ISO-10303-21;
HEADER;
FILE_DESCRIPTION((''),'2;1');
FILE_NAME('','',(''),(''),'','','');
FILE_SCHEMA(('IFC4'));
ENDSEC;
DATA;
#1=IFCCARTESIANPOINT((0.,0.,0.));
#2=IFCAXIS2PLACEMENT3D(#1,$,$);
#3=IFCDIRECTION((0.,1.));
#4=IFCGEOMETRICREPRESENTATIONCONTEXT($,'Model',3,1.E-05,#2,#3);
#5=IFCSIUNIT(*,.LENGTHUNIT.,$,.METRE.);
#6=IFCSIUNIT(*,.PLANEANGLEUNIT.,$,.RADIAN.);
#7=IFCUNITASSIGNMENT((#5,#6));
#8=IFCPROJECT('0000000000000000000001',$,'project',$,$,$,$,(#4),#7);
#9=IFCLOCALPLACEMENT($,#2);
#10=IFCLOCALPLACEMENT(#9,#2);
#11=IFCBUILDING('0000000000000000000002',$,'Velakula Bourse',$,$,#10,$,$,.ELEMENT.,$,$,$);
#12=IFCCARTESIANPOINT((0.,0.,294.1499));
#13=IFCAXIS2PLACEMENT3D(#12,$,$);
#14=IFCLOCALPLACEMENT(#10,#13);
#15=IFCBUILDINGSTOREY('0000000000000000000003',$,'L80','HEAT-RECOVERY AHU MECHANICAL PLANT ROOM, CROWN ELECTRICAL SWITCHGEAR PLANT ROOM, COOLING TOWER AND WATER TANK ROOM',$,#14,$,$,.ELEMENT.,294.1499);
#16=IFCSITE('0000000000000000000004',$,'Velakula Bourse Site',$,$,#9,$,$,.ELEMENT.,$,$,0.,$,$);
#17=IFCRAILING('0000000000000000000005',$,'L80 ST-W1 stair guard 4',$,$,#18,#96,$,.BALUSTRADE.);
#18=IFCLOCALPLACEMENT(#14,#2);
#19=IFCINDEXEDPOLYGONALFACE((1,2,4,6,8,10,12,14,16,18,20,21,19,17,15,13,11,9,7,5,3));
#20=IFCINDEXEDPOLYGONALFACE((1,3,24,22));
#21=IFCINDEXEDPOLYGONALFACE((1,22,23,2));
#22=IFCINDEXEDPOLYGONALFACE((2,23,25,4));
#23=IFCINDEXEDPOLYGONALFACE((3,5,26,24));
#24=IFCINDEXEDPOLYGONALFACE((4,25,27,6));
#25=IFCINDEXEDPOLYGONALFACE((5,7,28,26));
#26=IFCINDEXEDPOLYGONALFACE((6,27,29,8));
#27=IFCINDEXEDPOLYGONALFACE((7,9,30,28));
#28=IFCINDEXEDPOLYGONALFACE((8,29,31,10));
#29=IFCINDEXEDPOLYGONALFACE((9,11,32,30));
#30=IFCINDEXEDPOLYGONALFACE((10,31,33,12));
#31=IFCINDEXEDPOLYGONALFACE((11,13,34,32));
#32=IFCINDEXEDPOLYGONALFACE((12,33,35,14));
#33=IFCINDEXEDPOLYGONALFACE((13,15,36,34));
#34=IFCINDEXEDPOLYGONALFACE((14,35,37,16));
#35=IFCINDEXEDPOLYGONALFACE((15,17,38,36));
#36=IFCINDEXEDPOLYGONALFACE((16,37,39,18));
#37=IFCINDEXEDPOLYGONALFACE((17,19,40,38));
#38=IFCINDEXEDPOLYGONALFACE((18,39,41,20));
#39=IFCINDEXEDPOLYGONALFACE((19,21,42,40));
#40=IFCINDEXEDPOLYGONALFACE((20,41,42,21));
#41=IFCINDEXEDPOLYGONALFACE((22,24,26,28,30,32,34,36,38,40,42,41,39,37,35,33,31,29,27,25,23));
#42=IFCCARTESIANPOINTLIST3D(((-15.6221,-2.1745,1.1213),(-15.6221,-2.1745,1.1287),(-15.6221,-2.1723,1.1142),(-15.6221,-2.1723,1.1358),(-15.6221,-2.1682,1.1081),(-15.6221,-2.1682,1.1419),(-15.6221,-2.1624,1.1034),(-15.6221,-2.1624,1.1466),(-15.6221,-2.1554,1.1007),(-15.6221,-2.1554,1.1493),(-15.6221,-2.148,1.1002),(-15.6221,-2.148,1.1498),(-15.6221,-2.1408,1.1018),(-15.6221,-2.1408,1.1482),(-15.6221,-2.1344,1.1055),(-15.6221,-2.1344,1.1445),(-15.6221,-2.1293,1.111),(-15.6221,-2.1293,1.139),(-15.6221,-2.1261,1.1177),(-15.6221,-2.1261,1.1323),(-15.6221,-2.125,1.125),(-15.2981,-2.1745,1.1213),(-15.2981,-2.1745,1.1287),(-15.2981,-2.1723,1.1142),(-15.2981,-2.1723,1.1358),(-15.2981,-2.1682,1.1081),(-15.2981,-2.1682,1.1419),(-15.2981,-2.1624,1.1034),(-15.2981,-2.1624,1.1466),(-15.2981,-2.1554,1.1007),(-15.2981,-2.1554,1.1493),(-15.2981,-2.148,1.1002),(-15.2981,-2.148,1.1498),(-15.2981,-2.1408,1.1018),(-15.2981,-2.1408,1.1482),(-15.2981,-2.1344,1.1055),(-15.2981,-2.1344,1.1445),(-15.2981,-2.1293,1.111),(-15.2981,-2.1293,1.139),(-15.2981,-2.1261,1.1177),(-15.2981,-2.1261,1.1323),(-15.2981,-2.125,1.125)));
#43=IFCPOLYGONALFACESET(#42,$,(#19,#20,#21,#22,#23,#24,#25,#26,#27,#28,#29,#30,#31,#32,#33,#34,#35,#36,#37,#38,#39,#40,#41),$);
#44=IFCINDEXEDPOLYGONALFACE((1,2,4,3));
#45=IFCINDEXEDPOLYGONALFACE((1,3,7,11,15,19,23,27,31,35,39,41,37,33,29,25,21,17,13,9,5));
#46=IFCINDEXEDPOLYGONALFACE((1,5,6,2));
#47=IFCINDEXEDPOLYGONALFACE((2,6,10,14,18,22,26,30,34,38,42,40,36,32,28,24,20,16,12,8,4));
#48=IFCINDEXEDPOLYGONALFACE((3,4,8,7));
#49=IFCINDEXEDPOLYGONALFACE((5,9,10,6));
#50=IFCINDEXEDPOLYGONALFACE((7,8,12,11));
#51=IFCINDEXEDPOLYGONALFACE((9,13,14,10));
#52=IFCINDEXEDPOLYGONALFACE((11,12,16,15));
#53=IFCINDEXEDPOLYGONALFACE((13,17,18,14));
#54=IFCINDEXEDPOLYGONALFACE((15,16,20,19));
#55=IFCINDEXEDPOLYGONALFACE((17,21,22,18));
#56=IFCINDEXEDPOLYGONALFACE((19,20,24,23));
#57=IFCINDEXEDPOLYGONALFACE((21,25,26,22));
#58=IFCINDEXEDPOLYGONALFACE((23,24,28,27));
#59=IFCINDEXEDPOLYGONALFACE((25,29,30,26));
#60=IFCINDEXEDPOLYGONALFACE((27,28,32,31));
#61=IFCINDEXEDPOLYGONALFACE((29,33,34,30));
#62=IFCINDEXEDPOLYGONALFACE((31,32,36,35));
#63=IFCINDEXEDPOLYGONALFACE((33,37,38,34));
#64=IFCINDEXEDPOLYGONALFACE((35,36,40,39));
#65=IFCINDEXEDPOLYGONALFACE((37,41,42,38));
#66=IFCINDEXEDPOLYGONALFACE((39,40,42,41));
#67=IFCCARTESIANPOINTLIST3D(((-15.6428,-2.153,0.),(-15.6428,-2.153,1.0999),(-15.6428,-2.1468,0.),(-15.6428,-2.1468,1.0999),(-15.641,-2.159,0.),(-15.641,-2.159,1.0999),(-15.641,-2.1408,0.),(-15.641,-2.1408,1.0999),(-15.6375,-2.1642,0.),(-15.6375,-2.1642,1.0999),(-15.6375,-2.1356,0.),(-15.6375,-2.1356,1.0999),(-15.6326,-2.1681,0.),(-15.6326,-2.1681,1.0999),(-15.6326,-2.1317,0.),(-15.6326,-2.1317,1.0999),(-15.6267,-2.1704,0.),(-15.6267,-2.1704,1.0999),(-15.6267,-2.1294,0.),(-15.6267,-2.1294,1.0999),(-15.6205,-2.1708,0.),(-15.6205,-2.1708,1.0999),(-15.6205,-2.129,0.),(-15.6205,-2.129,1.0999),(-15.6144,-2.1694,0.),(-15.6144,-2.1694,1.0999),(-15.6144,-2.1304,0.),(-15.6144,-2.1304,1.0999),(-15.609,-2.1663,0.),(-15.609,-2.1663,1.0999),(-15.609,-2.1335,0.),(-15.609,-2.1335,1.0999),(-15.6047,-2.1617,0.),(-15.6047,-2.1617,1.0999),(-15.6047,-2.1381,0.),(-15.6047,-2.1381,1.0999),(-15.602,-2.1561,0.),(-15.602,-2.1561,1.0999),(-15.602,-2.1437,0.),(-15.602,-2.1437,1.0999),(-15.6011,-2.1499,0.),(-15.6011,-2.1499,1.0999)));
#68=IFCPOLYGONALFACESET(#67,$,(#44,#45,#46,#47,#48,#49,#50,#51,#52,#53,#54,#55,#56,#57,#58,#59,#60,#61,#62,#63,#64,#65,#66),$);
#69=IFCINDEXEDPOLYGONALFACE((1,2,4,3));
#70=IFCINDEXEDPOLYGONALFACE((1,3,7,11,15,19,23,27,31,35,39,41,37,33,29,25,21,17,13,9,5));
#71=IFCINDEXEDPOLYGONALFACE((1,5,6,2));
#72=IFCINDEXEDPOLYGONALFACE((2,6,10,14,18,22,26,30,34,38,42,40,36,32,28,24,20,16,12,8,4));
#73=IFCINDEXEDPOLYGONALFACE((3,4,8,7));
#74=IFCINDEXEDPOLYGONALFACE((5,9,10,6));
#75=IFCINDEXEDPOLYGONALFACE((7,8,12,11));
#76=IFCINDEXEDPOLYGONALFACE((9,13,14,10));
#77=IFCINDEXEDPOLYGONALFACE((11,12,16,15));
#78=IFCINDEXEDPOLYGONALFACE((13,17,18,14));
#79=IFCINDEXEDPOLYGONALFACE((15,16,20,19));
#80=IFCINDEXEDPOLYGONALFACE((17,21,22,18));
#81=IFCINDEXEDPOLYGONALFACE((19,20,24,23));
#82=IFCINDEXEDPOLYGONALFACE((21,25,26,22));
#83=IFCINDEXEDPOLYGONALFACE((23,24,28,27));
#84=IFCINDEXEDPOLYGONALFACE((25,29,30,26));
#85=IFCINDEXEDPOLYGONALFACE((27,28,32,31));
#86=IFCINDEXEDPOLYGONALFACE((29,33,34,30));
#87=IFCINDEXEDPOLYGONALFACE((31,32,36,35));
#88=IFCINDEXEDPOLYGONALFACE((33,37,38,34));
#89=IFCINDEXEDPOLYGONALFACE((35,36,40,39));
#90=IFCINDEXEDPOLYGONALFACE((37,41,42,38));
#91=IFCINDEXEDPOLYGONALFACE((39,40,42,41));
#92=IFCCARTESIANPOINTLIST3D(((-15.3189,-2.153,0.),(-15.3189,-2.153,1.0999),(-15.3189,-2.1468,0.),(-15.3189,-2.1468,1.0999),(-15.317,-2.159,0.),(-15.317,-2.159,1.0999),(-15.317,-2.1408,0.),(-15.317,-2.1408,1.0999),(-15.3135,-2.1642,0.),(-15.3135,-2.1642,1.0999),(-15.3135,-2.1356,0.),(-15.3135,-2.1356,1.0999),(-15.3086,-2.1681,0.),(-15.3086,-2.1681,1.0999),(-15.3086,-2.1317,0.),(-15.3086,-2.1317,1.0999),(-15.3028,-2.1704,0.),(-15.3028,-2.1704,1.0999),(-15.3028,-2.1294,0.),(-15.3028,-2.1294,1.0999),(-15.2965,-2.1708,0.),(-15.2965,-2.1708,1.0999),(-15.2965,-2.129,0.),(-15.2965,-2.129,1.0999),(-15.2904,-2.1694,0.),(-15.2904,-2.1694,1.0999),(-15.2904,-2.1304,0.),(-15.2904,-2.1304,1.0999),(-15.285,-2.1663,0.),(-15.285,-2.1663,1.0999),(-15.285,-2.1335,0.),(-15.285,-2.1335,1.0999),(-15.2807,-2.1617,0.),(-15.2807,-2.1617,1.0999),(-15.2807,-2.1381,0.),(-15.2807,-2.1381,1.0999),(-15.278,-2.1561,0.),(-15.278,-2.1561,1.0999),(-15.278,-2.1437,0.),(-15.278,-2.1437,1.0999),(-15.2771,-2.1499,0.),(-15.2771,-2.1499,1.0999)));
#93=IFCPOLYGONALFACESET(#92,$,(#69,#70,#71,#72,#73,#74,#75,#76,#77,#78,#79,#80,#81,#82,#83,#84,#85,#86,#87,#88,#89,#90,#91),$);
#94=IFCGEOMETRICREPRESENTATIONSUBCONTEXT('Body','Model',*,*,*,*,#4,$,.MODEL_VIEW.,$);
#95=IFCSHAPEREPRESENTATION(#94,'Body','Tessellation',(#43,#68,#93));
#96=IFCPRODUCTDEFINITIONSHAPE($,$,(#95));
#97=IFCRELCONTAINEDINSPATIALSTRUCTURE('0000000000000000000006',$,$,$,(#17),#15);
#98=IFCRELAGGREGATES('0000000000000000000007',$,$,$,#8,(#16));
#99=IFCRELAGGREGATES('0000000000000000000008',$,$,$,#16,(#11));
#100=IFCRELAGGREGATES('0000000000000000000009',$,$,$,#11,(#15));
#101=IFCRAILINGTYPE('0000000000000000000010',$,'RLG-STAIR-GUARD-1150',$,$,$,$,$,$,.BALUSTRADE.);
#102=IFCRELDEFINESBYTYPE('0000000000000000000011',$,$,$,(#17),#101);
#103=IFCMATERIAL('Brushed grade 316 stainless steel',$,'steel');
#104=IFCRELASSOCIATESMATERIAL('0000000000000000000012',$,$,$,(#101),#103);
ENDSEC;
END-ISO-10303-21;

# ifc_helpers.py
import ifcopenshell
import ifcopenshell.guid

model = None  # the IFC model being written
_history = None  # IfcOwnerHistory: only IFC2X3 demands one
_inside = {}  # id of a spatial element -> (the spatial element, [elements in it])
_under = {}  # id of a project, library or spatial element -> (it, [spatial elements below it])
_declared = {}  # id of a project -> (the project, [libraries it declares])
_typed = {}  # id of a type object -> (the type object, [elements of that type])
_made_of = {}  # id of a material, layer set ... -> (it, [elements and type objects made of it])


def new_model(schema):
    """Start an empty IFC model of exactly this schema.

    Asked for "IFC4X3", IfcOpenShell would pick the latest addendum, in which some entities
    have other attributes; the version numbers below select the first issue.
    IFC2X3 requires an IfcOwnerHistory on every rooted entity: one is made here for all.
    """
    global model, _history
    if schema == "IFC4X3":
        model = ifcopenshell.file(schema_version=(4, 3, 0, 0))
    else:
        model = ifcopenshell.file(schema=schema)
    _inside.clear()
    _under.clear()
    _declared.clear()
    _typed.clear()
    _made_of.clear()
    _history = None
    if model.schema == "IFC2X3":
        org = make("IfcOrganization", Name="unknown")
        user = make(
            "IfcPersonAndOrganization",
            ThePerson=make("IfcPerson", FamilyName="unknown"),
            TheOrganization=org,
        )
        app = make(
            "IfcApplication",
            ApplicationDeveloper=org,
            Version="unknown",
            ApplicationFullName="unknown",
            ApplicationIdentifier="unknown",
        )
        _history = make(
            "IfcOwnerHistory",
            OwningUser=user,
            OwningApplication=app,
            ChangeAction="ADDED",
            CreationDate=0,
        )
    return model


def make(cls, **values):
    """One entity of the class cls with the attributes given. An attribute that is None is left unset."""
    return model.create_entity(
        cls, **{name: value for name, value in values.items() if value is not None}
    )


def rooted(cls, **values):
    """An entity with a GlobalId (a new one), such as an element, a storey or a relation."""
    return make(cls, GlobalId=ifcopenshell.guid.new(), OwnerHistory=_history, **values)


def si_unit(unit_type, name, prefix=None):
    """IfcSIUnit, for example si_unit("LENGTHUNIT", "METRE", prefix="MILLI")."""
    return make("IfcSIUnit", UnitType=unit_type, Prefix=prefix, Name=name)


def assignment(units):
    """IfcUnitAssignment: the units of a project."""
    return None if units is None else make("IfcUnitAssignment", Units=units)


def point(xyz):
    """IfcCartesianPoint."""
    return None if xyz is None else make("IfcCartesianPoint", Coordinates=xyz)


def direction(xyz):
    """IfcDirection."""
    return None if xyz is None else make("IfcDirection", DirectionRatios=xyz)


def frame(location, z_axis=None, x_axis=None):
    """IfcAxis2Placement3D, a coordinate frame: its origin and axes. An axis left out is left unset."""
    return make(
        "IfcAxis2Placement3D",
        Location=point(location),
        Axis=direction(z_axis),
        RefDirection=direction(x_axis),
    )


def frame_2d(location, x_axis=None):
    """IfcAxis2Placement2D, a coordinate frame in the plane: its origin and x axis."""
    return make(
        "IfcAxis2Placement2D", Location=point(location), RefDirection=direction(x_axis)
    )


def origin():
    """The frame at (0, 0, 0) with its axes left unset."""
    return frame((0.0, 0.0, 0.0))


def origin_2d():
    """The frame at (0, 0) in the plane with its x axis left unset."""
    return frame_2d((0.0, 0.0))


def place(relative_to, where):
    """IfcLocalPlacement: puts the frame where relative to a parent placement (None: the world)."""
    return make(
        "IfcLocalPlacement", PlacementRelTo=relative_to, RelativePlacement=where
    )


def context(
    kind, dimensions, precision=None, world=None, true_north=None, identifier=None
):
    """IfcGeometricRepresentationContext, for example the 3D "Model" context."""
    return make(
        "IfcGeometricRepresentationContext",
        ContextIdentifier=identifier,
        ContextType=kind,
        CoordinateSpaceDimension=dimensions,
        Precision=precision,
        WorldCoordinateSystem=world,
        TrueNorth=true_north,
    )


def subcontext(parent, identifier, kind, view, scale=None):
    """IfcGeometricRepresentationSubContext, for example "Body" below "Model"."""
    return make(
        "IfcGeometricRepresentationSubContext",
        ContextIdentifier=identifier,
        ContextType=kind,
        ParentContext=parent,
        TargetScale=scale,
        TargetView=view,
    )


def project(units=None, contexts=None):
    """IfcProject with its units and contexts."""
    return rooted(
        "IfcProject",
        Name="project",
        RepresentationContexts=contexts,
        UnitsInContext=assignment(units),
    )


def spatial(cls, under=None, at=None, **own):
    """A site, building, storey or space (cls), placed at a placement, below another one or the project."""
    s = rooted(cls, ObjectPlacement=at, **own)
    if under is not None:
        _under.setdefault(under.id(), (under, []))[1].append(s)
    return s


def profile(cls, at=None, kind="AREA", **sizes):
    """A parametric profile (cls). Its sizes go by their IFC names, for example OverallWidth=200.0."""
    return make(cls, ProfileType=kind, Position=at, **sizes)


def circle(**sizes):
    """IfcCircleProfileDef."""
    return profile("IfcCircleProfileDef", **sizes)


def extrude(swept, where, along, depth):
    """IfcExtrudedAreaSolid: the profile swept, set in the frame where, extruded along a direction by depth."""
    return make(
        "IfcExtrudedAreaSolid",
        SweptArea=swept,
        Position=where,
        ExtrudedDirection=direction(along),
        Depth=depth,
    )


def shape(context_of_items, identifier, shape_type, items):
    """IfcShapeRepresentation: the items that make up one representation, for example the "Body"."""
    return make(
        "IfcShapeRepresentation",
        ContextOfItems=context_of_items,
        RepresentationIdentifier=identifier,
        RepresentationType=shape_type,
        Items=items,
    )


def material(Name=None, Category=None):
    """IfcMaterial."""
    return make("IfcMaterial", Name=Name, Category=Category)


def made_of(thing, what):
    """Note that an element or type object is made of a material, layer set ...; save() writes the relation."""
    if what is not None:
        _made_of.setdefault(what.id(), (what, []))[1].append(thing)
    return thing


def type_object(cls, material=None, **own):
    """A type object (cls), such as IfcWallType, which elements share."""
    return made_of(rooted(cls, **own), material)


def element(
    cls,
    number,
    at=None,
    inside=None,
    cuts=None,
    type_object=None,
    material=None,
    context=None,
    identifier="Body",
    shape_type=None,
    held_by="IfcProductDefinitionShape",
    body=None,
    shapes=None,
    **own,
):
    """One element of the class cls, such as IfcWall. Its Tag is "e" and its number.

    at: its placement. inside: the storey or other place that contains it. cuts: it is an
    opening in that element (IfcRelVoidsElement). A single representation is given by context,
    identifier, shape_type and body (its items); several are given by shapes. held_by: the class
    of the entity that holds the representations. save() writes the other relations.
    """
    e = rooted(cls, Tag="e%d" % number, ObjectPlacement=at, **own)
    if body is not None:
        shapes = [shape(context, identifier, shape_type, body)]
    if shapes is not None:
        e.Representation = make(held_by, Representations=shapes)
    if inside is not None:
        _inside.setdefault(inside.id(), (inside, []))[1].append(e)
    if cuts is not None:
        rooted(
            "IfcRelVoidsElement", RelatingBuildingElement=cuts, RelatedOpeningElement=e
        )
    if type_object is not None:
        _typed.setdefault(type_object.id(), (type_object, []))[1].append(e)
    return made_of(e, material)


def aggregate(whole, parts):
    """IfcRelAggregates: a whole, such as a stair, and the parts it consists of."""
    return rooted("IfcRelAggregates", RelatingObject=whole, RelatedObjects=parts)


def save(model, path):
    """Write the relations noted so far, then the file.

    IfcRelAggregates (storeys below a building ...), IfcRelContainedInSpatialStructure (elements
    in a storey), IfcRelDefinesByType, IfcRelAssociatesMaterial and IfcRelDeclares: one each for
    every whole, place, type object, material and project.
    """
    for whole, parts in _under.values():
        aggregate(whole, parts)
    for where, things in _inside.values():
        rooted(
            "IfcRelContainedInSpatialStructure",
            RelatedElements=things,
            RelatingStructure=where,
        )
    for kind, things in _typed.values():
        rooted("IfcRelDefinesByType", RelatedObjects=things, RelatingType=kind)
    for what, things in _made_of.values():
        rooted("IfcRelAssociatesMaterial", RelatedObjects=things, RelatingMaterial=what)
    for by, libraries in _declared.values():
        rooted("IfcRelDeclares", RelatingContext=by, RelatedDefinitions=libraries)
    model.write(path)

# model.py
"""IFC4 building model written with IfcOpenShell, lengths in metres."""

from ifc_helpers import new_model, si_unit, direction, frame, origin, origin_2d, place, context, subcontext, project, spatial, circle, extrude, material, type_object, element, save


model = new_model("IFC4")

# Units and contexts
model_context = context("Model", 3, precision=1e-05, world=origin(), true_north=direction((0.0, 1.0)))
body_context = subcontext(model_context, "Body", "Model", "MODEL_VIEW")
ifc_project = project(units=[si_unit("LENGTHUNIT", "METRE"), si_unit("PLANEANGLEUNIT", "RADIAN")], contexts=[model_context])

# Site, building, storey
site_placement = place(None, origin())
site = spatial("IfcSite", under=ifc_project, at=site_placement, Name="Velakula Bourse Site", CompositionType="ELEMENT", RefElevation=0.0)
building_placement = place(site_placement, origin())
building = spatial("IfcBuilding", under=site, at=building_placement, Name="Velakula Bourse", CompositionType="ELEMENT")
storey_placement = place(building_placement, frame((0.0, 0.0, 294.1499)))
storey = spatial("IfcBuildingStorey", under=building, at=storey_placement, Name="L80", Description="HEAT-RECOVERY AHU MECHANICAL PLANT ROOM, CROWN ELECTRICAL SWITCHGEAR PLANT ROOM, COOLING TOWER AND WATER TANK ROOM", CompositionType="ELEMENT", Elevation=294.1499)

# Railing
ifc_material_1 = material(Name="Brushed grade 316 stainless steel", Category="steel")
railing_type = type_object("IfcRailingType", Name="RLG-STAIR-GUARD-1150", PredefinedType="BALUSTRADE", material=ifc_material_1)
railing_placement = place(storey_placement, frame((-15.6221, -2.1499, 0.0)))
element("IfcRailing", 1, at=railing_placement, inside=storey, type_object=railing_type, Name="L80 ST-W1 stair guard 4", PredefinedType="BALUSTRADE", context=body_context, shape_type="SweptSolid", body=[
    extrude(circle(Radius=0.0249, at=origin_2d()), frame((0.0, 0.0, 1.125), z_axis=(1.0, 0.0, 0.0), x_axis=(0.0, 1.0, 0.0)), (0.0, 0.0, 1.0), 0.324),
    extrude(circle(Radius=0.021, at=origin_2d()), origin(), (0.0, 0.0, 1.0), 1.0999),
    extrude(circle(Radius=0.021, at=origin_2d()), frame((0.324, 0.0, 0.0)), (0.0, 0.0, 1.0), 1.0999),
])

save(model, "model.ifc")
